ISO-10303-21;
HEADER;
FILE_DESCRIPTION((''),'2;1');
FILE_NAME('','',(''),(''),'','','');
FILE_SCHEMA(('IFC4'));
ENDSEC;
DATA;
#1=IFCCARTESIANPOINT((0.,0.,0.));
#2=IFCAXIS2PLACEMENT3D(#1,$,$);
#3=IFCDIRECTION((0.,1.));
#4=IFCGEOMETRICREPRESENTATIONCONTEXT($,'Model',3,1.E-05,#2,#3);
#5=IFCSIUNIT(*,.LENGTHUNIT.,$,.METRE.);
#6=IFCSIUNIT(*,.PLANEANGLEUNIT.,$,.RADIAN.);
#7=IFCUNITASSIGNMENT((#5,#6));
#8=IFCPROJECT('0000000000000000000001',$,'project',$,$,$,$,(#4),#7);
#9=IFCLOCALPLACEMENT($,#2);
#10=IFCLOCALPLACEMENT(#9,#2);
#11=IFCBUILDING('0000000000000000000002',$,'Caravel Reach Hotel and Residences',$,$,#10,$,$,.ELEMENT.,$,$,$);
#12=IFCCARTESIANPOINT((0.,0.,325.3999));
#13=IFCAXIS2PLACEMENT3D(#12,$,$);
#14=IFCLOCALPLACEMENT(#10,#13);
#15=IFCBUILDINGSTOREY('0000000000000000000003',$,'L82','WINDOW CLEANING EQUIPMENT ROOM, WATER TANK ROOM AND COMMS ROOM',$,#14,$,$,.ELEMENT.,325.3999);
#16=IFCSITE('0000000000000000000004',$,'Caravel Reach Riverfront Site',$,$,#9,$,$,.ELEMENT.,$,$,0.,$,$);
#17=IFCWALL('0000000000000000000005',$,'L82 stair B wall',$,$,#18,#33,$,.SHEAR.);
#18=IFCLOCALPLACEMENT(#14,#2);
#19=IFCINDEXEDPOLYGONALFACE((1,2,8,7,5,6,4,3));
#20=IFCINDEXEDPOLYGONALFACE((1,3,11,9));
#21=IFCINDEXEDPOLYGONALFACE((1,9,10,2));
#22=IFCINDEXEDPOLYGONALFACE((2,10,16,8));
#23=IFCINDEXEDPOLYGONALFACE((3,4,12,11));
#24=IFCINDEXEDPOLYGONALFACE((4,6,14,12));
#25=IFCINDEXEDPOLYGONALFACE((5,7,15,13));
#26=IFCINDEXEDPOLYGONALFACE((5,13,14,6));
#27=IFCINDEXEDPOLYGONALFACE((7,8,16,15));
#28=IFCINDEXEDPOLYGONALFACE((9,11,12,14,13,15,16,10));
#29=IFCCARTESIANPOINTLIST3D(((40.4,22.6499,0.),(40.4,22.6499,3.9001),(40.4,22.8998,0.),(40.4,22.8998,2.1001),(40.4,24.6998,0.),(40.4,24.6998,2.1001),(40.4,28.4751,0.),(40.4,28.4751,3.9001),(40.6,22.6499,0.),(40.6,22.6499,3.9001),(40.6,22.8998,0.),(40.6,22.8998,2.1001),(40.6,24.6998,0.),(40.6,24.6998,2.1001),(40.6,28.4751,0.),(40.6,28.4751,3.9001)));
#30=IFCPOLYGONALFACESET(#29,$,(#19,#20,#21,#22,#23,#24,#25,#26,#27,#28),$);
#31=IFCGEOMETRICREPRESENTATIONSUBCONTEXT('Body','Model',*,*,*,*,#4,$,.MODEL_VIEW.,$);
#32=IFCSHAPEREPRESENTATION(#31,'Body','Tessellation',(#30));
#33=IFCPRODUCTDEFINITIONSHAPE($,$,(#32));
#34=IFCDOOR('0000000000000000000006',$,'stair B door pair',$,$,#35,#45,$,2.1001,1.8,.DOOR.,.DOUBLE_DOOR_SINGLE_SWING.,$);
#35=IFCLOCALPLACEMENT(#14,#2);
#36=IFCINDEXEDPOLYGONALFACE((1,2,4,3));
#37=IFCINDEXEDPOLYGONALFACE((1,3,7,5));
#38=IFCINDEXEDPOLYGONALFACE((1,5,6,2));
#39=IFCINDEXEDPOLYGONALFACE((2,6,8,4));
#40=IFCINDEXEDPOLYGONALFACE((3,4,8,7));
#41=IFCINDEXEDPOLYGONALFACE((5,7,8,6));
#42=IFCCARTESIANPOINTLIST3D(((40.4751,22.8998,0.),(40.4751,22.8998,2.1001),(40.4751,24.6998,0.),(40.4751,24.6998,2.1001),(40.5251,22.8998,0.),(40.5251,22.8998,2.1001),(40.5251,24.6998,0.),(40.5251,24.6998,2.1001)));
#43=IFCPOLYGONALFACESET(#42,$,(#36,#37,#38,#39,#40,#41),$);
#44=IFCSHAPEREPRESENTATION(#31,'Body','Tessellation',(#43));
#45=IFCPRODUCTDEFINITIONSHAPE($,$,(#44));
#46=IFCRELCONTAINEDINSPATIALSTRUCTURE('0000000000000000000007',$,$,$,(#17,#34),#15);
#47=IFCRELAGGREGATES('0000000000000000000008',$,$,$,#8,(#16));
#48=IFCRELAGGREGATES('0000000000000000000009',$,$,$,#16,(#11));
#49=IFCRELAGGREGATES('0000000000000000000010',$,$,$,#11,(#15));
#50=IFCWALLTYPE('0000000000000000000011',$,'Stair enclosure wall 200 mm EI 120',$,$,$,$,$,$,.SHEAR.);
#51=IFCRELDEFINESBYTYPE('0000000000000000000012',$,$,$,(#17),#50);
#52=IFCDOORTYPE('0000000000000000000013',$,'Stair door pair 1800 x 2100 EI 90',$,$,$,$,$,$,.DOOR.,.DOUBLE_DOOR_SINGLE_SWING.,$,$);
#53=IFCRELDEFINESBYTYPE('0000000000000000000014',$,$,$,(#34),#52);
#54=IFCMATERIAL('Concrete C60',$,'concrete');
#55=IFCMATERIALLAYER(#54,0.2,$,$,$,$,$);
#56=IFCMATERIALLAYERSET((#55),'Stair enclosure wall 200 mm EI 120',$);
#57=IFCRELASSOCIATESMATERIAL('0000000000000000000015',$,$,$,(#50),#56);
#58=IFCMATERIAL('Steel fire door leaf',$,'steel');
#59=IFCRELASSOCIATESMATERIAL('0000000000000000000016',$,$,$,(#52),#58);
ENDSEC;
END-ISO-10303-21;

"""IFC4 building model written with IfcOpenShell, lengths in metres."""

from ifc_helpers import new_model, si_unit, direction, frame, frame_2d, origin, place, context, subcontext, project, spatial, rectangle, extrude, material, layer, layer_set, type_object, element, fill, save


model = new_model("IFC4")

# Units and contexts
model_context = context("Model", 3, precision=1e-05, world=origin(), true_north=direction((0.0, 1.0)))
body_context = subcontext(model_context, "Body", "Model", "MODEL_VIEW")
ifc_project = project(units=[si_unit("LENGTHUNIT", "METRE"), si_unit("PLANEANGLEUNIT", "RADIAN")], contexts=[model_context])

# Site, building, storey
site_placement = place(None, origin())
site = spatial("IfcSite", under=ifc_project, at=site_placement, Name="Caravel Reach Riverfront Site", CompositionType="ELEMENT", RefElevation=0.0)
building_placement = place(site_placement, origin())
building = spatial("IfcBuilding", under=site, at=building_placement, Name="Caravel Reach Hotel and Residences", CompositionType="ELEMENT")
storey_placement = place(building_placement, frame((0.0, 0.0, 325.3999)))
storey = spatial("IfcBuildingStorey", under=building, at=storey_placement, Name="L82", Description="WINDOW CLEANING EQUIPMENT ROOM, WATER TANK ROOM AND COMMS ROOM", CompositionType="ELEMENT", Elevation=325.3999)

# Wall, opening, door
ifc_material_1 = material(Name="Concrete C60", Category="concrete")
ifc_layer_1 = layer(ifc_material_1, 0.2)
ifc_layer_set_1 = layer_set([ifc_layer_1], Name="Stair enclosure wall 200 mm EI 120")
wall_type_1 = type_object("IfcWallType", Name="Stair enclosure wall 200 mm EI 120", PredefinedType="SHEAR", material=ifc_layer_set_1)
wall_1_placement = place(storey_placement, frame((40.5, 22.6499, 0.0), z_axis=(0.0, 0.0, 1.0), x_axis=(0.0, 1.0, 0.0)))
wall_1 = element("IfcWall", 1, at=wall_1_placement, inside=storey, type_object=wall_type_1, Name="L82 stair B wall", PredefinedType="SHEAR", context=body_context, shape_type="SweptSolid", body=[
    extrude(rectangle(XDim=5.8252, YDim=0.2, at=frame_2d((2.9126, 0.0))), origin(), (0.0, 0.0, 1.0), 3.9001),
])
opening_1_placement = place(wall_1_placement, frame((0.25, 0.0, 0.0)))
opening_1 = element("IfcOpeningElement", 2, at=opening_1_placement, cuts=wall_1, PredefinedType="OPENING", context=body_context, shape_type="SweptSolid", body=[
    extrude(rectangle(XDim=1.8, YDim=2.1001, at=frame_2d((0.8999, 1.05))), frame((0.0, 0.1099, 0.0), z_axis=(0.0, -1.0, 0.0), x_axis=(1.0, 0.0, 0.0)), (0.0, 0.0, 1.0), 0.22),
])
ifc_material_2 = material(Name="Steel fire door leaf", Category="steel")
door_type_1 = type_object("IfcDoorType", Name="Stair door pair 1800 x 2100 EI 90", OperationType="DOUBLE_DOOR_SINGLE_SWING", PredefinedType="DOOR", material=ifc_material_2)
door_1_placement = place(opening_1_placement, origin())
door_1 = element("IfcDoor", 3, at=door_1_placement, inside=storey, type_object=door_type_1, Name="stair B door pair", OperationType="DOUBLE_DOOR_SINGLE_SWING", OverallHeight=2.1001, OverallWidth=1.8, PredefinedType="DOOR", context=body_context, shape_type="SweptSolid", body=[
    extrude(rectangle(XDim=1.8, YDim=2.1001, at=frame_2d((0.8999, 1.05))), frame((0.0, 0.0249, 0.0), z_axis=(0.0, -1.0, 0.0), x_axis=(1.0, 0.0, 0.0)), (0.0, 0.0, 1.0), 0.05),
])
fill(opening_1, door_1)

save(model, "model.ifc")
